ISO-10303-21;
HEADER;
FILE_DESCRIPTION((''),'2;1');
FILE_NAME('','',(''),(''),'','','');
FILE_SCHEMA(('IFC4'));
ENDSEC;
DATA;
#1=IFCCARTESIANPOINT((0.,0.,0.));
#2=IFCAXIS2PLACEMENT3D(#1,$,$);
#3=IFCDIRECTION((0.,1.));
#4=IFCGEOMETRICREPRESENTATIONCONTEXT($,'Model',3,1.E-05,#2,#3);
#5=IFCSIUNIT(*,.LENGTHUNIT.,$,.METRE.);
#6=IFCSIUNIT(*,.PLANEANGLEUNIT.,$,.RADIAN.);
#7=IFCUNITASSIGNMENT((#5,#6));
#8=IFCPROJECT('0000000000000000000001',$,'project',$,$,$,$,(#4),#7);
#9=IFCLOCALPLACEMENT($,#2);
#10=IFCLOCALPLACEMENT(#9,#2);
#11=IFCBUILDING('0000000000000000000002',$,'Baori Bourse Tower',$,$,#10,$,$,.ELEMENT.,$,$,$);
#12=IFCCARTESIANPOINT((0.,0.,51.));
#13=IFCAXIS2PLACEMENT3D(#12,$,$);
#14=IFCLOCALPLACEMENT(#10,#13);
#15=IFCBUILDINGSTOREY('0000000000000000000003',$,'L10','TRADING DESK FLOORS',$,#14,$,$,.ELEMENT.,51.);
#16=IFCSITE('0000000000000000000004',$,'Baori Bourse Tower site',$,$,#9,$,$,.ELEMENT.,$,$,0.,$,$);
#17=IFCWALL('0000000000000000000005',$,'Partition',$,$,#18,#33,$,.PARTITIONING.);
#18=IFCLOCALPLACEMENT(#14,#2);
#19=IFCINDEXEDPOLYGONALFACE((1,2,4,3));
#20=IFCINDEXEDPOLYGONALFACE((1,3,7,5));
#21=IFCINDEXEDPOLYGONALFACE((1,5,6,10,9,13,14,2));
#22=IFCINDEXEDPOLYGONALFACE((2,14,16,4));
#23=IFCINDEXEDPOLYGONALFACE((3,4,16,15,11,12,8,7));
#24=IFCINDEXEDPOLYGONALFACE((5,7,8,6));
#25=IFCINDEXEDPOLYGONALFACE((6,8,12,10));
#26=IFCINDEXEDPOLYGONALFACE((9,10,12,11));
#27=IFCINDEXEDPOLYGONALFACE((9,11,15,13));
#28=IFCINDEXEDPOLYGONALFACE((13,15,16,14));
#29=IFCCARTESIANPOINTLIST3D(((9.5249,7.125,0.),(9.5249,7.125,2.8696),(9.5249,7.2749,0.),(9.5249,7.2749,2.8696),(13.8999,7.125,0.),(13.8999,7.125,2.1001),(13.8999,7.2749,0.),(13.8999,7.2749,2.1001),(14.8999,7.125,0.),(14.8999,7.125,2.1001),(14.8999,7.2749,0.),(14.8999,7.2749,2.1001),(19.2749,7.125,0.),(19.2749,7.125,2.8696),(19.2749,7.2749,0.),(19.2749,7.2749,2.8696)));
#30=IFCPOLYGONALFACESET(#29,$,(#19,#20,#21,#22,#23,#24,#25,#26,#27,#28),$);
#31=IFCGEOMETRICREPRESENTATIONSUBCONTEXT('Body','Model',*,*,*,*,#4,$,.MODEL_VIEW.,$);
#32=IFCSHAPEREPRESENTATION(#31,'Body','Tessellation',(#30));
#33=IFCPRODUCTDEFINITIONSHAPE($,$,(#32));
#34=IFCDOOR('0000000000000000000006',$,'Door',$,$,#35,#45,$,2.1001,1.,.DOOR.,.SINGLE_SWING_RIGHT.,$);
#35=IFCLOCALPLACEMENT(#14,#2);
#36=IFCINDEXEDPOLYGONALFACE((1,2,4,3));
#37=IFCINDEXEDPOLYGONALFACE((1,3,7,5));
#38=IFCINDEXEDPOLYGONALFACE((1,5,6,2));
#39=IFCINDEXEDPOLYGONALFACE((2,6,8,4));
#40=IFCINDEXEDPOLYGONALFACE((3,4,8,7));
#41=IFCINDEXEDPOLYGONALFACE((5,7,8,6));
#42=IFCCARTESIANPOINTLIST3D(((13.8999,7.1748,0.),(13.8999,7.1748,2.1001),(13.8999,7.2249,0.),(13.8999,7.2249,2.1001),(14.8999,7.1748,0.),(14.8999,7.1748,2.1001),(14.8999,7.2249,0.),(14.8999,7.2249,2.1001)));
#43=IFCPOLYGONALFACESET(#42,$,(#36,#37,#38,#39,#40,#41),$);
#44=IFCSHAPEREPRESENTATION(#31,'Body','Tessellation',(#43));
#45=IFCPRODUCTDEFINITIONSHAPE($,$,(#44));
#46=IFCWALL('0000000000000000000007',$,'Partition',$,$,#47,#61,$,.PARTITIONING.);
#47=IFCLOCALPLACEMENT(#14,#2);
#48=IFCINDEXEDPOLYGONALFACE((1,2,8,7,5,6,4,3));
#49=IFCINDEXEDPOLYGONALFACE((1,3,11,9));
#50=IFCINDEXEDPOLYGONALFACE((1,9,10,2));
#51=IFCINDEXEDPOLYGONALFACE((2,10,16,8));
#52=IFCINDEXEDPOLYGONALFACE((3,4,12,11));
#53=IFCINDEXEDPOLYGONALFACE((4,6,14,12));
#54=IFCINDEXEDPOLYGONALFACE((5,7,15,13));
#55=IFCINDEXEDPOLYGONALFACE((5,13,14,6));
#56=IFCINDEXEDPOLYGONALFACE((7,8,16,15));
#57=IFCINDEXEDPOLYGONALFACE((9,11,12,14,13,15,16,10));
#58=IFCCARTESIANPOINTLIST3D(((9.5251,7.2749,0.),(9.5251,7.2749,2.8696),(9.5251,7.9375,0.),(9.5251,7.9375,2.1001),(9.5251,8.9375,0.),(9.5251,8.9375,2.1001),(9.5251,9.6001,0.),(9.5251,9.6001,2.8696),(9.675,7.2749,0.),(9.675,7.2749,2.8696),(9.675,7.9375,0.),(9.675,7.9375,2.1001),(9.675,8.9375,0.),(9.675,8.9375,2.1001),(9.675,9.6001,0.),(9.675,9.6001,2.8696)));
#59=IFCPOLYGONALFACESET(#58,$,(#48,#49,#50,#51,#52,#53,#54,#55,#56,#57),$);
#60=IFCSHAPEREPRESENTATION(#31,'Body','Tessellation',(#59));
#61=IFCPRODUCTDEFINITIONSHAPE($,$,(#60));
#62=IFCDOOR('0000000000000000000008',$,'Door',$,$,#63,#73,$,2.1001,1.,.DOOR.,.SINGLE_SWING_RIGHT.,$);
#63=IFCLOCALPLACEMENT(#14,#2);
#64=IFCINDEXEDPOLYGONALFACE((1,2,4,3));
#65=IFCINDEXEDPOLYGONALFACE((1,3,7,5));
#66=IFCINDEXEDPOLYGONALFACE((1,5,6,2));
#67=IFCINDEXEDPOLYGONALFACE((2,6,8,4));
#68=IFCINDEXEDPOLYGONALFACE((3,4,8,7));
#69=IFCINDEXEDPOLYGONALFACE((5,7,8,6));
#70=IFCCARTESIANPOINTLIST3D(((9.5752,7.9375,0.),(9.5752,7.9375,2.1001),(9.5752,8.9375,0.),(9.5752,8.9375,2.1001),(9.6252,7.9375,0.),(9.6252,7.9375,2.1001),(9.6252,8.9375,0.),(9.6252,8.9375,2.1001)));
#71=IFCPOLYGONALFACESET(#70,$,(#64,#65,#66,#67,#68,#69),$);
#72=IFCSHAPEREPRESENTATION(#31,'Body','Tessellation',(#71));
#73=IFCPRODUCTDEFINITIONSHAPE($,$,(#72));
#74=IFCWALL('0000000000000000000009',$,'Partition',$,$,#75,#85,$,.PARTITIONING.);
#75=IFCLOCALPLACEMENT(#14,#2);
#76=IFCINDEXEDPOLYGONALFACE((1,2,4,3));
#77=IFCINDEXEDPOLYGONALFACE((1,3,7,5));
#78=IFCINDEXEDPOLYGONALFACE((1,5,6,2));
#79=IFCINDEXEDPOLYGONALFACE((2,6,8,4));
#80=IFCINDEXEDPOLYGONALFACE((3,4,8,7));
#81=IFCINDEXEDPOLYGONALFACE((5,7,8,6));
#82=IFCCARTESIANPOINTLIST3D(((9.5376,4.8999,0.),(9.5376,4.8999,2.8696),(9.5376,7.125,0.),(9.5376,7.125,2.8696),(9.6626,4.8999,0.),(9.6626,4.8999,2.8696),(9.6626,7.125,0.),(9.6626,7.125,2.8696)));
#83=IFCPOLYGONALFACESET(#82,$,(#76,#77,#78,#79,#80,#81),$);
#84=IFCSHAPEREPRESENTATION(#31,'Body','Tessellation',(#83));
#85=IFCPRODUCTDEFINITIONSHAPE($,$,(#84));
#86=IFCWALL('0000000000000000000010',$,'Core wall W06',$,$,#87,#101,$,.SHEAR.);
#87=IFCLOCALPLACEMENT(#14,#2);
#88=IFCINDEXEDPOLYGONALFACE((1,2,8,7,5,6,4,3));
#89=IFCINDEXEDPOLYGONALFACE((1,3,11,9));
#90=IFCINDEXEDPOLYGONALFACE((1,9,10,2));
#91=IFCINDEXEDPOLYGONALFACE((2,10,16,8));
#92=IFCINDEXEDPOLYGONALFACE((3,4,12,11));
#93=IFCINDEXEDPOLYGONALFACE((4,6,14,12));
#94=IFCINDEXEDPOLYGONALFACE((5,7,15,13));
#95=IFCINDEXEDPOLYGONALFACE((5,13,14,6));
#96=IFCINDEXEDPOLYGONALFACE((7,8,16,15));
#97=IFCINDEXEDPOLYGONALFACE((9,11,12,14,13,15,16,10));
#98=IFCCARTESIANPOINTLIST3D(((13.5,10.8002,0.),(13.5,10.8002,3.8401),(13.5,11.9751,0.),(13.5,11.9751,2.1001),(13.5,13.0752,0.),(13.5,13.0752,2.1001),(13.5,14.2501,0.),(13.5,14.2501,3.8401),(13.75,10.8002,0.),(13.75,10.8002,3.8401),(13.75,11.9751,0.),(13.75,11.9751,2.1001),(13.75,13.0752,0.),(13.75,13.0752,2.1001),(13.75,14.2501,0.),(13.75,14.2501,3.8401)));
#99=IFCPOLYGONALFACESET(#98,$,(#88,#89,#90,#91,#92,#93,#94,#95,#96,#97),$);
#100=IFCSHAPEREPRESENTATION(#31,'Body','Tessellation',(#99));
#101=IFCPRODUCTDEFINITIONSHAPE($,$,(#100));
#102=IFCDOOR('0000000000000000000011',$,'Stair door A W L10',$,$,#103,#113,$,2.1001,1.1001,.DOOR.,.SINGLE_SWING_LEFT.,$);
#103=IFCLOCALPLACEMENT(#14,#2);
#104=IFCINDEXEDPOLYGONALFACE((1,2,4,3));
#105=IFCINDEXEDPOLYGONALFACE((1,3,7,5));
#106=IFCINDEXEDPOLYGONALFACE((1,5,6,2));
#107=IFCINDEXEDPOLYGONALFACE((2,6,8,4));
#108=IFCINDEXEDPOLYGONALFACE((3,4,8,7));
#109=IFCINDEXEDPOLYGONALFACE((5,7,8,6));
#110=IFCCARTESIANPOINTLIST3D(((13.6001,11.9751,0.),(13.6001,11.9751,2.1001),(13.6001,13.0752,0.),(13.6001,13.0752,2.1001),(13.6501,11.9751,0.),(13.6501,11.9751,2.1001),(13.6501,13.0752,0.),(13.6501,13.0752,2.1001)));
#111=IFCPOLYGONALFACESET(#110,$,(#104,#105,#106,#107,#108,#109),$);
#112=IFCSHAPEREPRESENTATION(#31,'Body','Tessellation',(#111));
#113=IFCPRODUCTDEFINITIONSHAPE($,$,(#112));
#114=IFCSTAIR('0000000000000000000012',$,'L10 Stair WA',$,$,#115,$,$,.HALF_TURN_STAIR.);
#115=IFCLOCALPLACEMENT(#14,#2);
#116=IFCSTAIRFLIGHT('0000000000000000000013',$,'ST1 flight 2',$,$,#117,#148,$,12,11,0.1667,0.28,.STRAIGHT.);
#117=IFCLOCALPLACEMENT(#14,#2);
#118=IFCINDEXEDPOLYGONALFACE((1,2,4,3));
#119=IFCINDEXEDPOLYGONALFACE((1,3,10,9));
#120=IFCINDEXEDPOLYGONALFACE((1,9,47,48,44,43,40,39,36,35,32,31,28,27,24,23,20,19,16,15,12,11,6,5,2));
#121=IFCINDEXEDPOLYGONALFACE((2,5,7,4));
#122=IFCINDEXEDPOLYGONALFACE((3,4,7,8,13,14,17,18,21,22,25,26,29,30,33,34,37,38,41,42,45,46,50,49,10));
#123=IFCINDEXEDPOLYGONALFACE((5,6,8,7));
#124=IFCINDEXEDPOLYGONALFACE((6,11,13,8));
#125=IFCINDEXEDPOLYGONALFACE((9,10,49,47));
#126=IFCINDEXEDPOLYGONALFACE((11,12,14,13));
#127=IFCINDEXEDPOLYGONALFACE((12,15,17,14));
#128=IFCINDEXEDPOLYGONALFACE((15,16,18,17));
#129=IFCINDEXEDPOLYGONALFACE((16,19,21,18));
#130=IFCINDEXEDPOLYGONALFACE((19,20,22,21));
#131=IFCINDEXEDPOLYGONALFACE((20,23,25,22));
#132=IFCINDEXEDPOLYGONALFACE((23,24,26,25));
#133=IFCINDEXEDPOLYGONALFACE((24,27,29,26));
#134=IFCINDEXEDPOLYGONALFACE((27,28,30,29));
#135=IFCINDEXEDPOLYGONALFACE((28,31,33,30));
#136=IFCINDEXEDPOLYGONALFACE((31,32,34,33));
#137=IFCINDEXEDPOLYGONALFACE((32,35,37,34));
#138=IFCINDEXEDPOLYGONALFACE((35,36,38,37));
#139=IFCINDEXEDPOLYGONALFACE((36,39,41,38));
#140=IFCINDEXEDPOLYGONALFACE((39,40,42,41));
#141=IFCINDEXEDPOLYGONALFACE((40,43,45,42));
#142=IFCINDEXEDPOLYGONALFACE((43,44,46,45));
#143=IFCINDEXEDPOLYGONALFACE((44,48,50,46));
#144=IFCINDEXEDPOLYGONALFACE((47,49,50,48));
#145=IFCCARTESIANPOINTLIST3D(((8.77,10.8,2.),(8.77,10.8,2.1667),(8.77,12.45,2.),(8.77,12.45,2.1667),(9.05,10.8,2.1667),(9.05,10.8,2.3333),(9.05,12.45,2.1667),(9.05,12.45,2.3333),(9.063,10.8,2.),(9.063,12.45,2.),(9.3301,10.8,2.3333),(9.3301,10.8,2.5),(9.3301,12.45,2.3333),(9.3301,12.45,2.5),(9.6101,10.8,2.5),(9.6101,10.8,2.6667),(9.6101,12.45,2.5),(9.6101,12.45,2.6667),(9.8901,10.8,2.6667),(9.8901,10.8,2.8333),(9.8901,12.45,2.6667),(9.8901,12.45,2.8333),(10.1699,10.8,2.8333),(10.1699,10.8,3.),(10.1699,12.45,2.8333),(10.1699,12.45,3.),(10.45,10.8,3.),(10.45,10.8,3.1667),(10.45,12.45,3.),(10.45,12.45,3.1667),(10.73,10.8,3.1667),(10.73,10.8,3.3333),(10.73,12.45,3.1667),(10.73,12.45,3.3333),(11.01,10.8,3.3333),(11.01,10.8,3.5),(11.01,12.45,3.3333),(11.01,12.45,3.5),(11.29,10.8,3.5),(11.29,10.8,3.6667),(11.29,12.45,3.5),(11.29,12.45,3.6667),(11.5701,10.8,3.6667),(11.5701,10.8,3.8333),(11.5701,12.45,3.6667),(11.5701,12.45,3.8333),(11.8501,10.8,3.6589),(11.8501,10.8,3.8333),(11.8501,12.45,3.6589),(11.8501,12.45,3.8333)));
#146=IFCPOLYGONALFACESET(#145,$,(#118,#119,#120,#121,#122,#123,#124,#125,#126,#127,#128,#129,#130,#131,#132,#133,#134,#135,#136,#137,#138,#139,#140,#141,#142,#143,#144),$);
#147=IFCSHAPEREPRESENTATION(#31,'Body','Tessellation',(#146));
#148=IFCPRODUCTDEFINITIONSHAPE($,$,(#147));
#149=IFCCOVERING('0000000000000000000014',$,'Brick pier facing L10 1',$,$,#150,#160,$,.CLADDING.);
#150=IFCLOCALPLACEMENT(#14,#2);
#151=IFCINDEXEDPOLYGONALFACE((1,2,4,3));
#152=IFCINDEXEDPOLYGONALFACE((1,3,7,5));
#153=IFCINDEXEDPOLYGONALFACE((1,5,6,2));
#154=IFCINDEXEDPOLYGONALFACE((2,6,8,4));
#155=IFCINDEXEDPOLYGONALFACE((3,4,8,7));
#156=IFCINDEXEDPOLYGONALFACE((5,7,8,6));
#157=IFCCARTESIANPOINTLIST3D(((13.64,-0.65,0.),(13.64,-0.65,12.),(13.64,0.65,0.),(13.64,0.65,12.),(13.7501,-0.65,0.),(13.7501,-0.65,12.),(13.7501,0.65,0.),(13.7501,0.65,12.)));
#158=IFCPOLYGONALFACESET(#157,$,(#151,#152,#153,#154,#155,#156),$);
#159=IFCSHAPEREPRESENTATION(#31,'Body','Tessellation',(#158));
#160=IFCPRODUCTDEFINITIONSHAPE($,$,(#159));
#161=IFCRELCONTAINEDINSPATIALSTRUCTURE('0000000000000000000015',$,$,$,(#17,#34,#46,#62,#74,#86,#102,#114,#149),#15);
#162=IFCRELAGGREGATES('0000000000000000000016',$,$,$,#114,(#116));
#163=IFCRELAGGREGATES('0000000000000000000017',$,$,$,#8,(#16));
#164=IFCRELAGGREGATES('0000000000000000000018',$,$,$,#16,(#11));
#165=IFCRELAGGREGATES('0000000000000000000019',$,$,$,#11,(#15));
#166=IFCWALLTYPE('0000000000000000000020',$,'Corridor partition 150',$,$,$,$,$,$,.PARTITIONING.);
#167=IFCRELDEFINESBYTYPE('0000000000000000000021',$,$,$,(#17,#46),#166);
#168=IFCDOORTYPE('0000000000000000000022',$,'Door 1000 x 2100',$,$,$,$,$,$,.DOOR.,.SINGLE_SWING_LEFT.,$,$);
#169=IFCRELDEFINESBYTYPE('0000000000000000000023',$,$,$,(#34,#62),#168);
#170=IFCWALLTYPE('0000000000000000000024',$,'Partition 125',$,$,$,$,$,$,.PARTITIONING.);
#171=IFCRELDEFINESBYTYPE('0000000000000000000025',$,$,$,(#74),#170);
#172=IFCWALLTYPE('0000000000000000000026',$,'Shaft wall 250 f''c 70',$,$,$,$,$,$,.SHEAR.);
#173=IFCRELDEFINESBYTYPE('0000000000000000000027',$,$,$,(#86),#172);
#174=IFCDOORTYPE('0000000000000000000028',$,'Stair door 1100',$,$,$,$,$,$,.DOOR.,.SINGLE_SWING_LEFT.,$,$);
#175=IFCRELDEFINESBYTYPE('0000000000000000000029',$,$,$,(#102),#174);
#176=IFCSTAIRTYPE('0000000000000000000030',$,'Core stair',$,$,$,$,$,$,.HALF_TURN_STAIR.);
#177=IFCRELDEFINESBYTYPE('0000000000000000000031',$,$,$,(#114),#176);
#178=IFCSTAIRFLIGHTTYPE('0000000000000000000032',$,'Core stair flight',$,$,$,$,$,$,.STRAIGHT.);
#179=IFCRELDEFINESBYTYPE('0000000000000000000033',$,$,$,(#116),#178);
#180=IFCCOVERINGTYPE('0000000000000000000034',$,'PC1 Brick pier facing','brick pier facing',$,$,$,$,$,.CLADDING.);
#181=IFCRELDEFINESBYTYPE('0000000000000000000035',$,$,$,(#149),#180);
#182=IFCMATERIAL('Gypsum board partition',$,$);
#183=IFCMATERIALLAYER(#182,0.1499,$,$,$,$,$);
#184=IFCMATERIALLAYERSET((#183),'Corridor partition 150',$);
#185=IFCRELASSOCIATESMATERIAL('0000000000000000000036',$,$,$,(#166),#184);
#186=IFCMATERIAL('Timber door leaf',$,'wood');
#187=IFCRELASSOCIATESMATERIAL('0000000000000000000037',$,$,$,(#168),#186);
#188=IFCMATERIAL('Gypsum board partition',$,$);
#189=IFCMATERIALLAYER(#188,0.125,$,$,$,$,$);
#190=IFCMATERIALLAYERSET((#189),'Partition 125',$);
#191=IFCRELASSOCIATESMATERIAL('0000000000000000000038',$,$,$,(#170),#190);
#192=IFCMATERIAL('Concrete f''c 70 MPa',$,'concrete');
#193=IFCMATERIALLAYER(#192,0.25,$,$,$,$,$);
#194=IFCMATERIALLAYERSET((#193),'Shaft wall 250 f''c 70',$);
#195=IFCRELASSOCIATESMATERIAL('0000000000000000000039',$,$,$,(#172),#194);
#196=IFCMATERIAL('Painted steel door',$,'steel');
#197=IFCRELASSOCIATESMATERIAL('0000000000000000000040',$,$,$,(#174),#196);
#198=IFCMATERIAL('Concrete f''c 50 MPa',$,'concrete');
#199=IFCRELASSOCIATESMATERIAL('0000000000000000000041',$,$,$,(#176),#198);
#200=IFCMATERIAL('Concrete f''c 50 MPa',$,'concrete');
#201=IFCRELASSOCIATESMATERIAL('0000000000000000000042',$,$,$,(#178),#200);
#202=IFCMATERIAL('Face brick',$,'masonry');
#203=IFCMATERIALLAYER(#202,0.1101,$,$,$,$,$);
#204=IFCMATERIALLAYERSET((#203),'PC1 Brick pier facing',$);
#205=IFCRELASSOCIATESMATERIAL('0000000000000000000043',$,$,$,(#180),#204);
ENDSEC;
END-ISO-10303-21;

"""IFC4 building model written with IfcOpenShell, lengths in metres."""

from ifc_helpers import new_model, si_unit, direction, frame, frame_2d, origin, origin_2d, place, context, subcontext, project, spatial, polyline, rectangle, outline, extrude, material, layer, layer_set, type_object, element, fill, aggregate, save


model = new_model("IFC4")

# Units and contexts
model_context = context("Model", 3, precision=1e-05, world=origin(), true_north=direction((0.0, 1.0)))
body_context = subcontext(model_context, "Body", "Model", "MODEL_VIEW")
ifc_project = project(units=[si_unit("LENGTHUNIT", "METRE"), si_unit("PLANEANGLEUNIT", "RADIAN")], contexts=[model_context])

# Site, building, storey
site_placement = place(None, origin())
site = spatial("IfcSite", under=ifc_project, at=site_placement, Name="Baori Bourse Tower site", CompositionType="ELEMENT", RefElevation=0.0)
building_placement = place(site_placement, origin())
building = spatial("IfcBuilding", under=site, at=building_placement, Name="Baori Bourse Tower", CompositionType="ELEMENT")
storey_placement = place(building_placement, frame((0.0, 0.0, 51.0)))
storey = spatial("IfcBuildingStorey", under=building, at=storey_placement, Name="L10", Description="TRADING DESK FLOORS", CompositionType="ELEMENT", Elevation=51.0)

# Walls, openings, doors
ifc_material_1 = material(Name="Gypsum board partition")
ifc_layer_1 = layer(ifc_material_1, 0.1499)
ifc_layer_set_1 = layer_set([ifc_layer_1], Name="Corridor partition 150")
wall_type_1 = type_object("IfcWallType", Name="Corridor partition 150", PredefinedType="PARTITIONING", material=ifc_layer_set_1)
wall_1_placement = place(storey_placement, frame((9.5249, 7.2, 0.0), z_axis=(0.0, 0.0, 1.0), x_axis=(1.0, 0.0, 0.0)))
wall_1 = element("IfcWall", 1, at=wall_1_placement, inside=storey, type_object=wall_type_1, Name="Partition", PredefinedType="PARTITIONING", context=body_context, shape_type="SweptSolid", body=[
    extrude(rectangle(XDim=9.75, YDim=0.1499, at=frame_2d((4.875, 0.0))), origin(), (0.0, 0.0, 1.0), 2.8696),
])
opening_1_placement = place(wall_1_placement, frame((4.375, 0.0, 0.0)))
opening_1 = element("IfcOpeningElement", 2, at=opening_1_placement, cuts=wall_1, PredefinedType="OPENING", context=body_context, shape_type="SweptSolid", body=[
    extrude(rectangle(XDim=1.0, YDim=2.1001, at=frame_2d((0.5, 1.05))), frame((0.0, 0.085, 0.0), z_axis=(0.0, -1.0, 0.0), x_axis=(1.0, 0.0, 0.0)), (0.0, 0.0, 1.0), 0.1699),
])
ifc_material_2 = material(Name="Timber door leaf", Category="wood")
door_type_1 = type_object("IfcDoorType", Name="Door 1000 x 2100", OperationType="SINGLE_SWING_LEFT", PredefinedType="DOOR", material=ifc_material_2)
door_1_placement = place(opening_1_placement, origin())
door_1 = element("IfcDoor", 3, at=door_1_placement, inside=storey, type_object=door_type_1, Name="Door", OperationType="SINGLE_SWING_RIGHT", OverallHeight=2.1001, OverallWidth=1.0, PredefinedType="DOOR", context=body_context, shape_type="SweptSolid", body=[
    extrude(rectangle(XDim=1.0, YDim=2.1001, at=frame_2d((0.5, 1.05))), frame((0.0, 0.0249, 0.0), z_axis=(0.0, -1.0, 0.0), x_axis=(1.0, 0.0, 0.0)), (0.0, 0.0, 1.0), 0.05),
])
fill(opening_1, door_1)
wall_2_placement = place(storey_placement, frame((9.6001, 7.2749, 0.0), z_axis=(0.0, 0.0, 1.0), x_axis=(0.0, 1.0, 0.0)))
wall_2 = element("IfcWall", 4, at=wall_2_placement, inside=storey, type_object=wall_type_1, Name="Partition", PredefinedType="PARTITIONING", context=body_context, shape_type="SweptSolid", body=[
    extrude(rectangle(XDim=2.3252, YDim=0.1499, at=frame_2d((1.1626, 0.0))), origin(), (0.0, 0.0, 1.0), 2.8696),
])
opening_2_placement = place(wall_2_placement, frame((0.6626, 0.0, 0.0)))
opening_2 = element("IfcOpeningElement", 5, at=opening_2_placement, cuts=wall_2, PredefinedType="OPENING", context=body_context, shape_type="SweptSolid", body=[
    extrude(rectangle(XDim=1.0, YDim=2.1001, at=frame_2d((0.5, 1.05))), frame((0.0, 0.085, 0.0), z_axis=(0.0, -1.0, 0.0), x_axis=(1.0, 0.0, 0.0)), (0.0, 0.0, 1.0), 0.1699),
])
door_2_placement = place(opening_2_placement, origin())
door_2 = element("IfcDoor", 6, at=door_2_placement, inside=storey, type_object=door_type_1, Name="Door", OperationType="SINGLE_SWING_RIGHT", OverallHeight=2.1001, OverallWidth=1.0, PredefinedType="DOOR", context=body_context, shape_type="SweptSolid", body=[
    extrude(rectangle(XDim=1.0, YDim=2.1001, at=frame_2d((0.5, 1.05))), frame((0.0, 0.0249, 0.0), z_axis=(0.0, -1.0, 0.0), x_axis=(1.0, 0.0, 0.0)), (0.0, 0.0, 1.0), 0.05),
])
fill(opening_2, door_2)

# Wall
ifc_material_3 = material(Name="Gypsum board partition")
ifc_layer_2 = layer(ifc_material_3, 0.125)
ifc_layer_set_2 = layer_set([ifc_layer_2], Name="Partition 125")
wall_type_2 = type_object("IfcWallType", Name="Partition 125", PredefinedType="PARTITIONING", material=ifc_layer_set_2)
wall_3_placement = place(storey_placement, frame((9.6001, 4.8999, 0.0), z_axis=(0.0, 0.0, 1.0), x_axis=(0.0, 1.0, 0.0)))
element("IfcWall", 7, at=wall_3_placement, inside=storey, type_object=wall_type_2, Name="Partition", PredefinedType="PARTITIONING", context=body_context, shape_type="SweptSolid", body=[
    extrude(rectangle(XDim=2.2251, YDim=0.125, at=frame_2d((1.1125, 0.0))), origin(), (0.0, 0.0, 1.0), 2.8696),
])

# Wall, opening, door
ifc_material_4 = material(Name="Concrete f'c 70 MPa", Category="concrete")
ifc_layer_3 = layer(ifc_material_4, 0.25)
ifc_layer_set_3 = layer_set([ifc_layer_3], Name="Shaft wall 250 f'c 70")
wall_type_3 = type_object("IfcWallType", Name="Shaft wall 250 f'c 70", PredefinedType="SHEAR", material=ifc_layer_set_3)
wall_4_placement = place(storey_placement, frame((13.625, 10.8, 0.0), z_axis=(0.0, 0.0, 1.0), x_axis=(0.0, 1.0, 0.0)))
wall_4 = element("IfcWall", 8, at=wall_4_placement, inside=storey, type_object=wall_type_3, Name="Core wall W06", PredefinedType="SHEAR", context=body_context, shape_type="SweptSolid", body=[
    extrude(rectangle(XDim=3.45, YDim=0.25, at=frame_2d((1.7251, 0.0))), origin(), (0.0, 0.0, 1.0), 3.8401),
])
opening_3_placement = place(wall_4_placement, frame((1.175, 0.0, 0.0)))
opening_3 = element("IfcOpeningElement", 9, at=opening_3_placement, cuts=wall_4, PredefinedType="OPENING", context=body_context, shape_type="SweptSolid", body=[
    extrude(rectangle(XDim=1.1001, YDim=2.1001, at=frame_2d((0.55, 1.05))), frame((0.0, 0.135, 0.0), z_axis=(0.0, -1.0, 0.0), x_axis=(1.0, 0.0, 0.0)), (0.0, 0.0, 1.0), 0.27),
])
ifc_material_5 = material(Name="Painted steel door", Category="steel")
door_type_2 = type_object("IfcDoorType", Name="Stair door 1100", OperationType="SINGLE_SWING_LEFT", PredefinedType="DOOR", material=ifc_material_5)
door_3_placement = place(opening_3_placement, origin())
door_3 = element("IfcDoor", 10, at=door_3_placement, inside=storey, type_object=door_type_2, Name="Stair door A W L10", OperationType="SINGLE_SWING_LEFT", OverallHeight=2.1001, OverallWidth=1.1001, PredefinedType="DOOR", context=body_context, shape_type="SweptSolid", body=[
    extrude(rectangle(XDim=1.1001, YDim=2.1001, at=frame_2d((0.55, 1.05))), frame((0.0, 0.0249, 0.0), z_axis=(0.0, -1.0, 0.0), x_axis=(1.0, 0.0, 0.0)), (0.0, 0.0, 1.0), 0.05),
])
fill(opening_3, door_3)

# Stair, stair flight
ifc_material_6 = material(Name="Concrete f'c 50 MPa", Category="concrete")
stair_type = type_object("IfcStairType", Name="Core stair", PredefinedType="HALF_TURN_STAIR", material=ifc_material_6)
stair_placement = place(storey_placement, origin())
stair = element("IfcStair", 11, at=stair_placement, inside=storey, type_object=stair_type, Name="L10 Stair WA", PredefinedType="HALF_TURN_STAIR")
ifc_material_7 = material(Name="Concrete f'c 50 MPa", Category="concrete")
stair_flight_type = type_object("IfcStairFlightType", Name="Core stair flight", PredefinedType="STRAIGHT", material=ifc_material_7)
stair_flight_placement = place(storey_placement, frame((8.77, 11.625, 2.0), z_axis=(0.0, 0.0, 1.0), x_axis=(1.0, 0.0, 0.0)))
stair_flight = element("IfcStairFlight", 12, at=stair_flight_placement, type_object=stair_flight_type, Name="ST1 flight 2", NumberOfRisers=12, NumberOfTreads=11, PredefinedType="STRAIGHT", RiserHeight=0.1667, TreadLength=0.28, context=body_context, shape_type="SweptSolid", body=[
    extrude(outline(polyline([(0.0, 0.0), (0.0, 0.1667), (0.28, 0.1667), (0.28, 0.3333), (0.5601, 0.3333), (0.5601, 0.5), (0.8401, 0.5), (0.8401, 0.6667), (1.1201, 0.6667), (1.1201, 0.8333), (1.3999, 0.8333), (1.3999, 1.0), (1.6799, 1.0), (1.6799, 1.1667), (1.96, 1.1667), (1.96, 1.3333), (2.24, 1.3333), (2.24, 1.5), (2.52, 1.5), (2.52, 1.6667), (2.8, 1.6667), (2.8, 1.8333), (3.0801, 1.8333), (3.0801, 2.0), (3.0801, 1.6589), (0.293, 0.0), (0.0, 0.0)])), frame((0.0, 0.825, 0.0), z_axis=(0.0, -1.0, 0.0), x_axis=(1.0, 0.0, 0.0)), (0.0, 0.0, 1.0), 1.6499),
])
aggregate(stair, [stair_flight])

# Covering
ifc_material_8 = material(Name="Face brick", Category="masonry")
ifc_layer_4 = layer(ifc_material_8, 0.1101)
ifc_layer_set_4 = layer_set([ifc_layer_4], Name="PC1 Brick pier facing")
covering_type = type_object("IfcCoveringType", Name="PC1 Brick pier facing", Description="brick pier facing", PredefinedType="CLADDING", material=ifc_layer_set_4)
covering_placement = place(storey_placement, frame((13.6951, 0.0, 0.0), z_axis=(0.0, 0.0, 1.0), x_axis=(1.0, 0.0, 0.0)))
element("IfcCovering", 13, at=covering_placement, inside=storey, type_object=covering_type, Name="Brick pier facing L10 1", PredefinedType="CLADDING", context=body_context, shape_type="SweptSolid", body=[
    extrude(rectangle(XDim=0.1101, YDim=1.3, at=origin_2d()), origin(), (0.0, 0.0, 1.0), 12.0),
])

save(model, "model.ifc")
